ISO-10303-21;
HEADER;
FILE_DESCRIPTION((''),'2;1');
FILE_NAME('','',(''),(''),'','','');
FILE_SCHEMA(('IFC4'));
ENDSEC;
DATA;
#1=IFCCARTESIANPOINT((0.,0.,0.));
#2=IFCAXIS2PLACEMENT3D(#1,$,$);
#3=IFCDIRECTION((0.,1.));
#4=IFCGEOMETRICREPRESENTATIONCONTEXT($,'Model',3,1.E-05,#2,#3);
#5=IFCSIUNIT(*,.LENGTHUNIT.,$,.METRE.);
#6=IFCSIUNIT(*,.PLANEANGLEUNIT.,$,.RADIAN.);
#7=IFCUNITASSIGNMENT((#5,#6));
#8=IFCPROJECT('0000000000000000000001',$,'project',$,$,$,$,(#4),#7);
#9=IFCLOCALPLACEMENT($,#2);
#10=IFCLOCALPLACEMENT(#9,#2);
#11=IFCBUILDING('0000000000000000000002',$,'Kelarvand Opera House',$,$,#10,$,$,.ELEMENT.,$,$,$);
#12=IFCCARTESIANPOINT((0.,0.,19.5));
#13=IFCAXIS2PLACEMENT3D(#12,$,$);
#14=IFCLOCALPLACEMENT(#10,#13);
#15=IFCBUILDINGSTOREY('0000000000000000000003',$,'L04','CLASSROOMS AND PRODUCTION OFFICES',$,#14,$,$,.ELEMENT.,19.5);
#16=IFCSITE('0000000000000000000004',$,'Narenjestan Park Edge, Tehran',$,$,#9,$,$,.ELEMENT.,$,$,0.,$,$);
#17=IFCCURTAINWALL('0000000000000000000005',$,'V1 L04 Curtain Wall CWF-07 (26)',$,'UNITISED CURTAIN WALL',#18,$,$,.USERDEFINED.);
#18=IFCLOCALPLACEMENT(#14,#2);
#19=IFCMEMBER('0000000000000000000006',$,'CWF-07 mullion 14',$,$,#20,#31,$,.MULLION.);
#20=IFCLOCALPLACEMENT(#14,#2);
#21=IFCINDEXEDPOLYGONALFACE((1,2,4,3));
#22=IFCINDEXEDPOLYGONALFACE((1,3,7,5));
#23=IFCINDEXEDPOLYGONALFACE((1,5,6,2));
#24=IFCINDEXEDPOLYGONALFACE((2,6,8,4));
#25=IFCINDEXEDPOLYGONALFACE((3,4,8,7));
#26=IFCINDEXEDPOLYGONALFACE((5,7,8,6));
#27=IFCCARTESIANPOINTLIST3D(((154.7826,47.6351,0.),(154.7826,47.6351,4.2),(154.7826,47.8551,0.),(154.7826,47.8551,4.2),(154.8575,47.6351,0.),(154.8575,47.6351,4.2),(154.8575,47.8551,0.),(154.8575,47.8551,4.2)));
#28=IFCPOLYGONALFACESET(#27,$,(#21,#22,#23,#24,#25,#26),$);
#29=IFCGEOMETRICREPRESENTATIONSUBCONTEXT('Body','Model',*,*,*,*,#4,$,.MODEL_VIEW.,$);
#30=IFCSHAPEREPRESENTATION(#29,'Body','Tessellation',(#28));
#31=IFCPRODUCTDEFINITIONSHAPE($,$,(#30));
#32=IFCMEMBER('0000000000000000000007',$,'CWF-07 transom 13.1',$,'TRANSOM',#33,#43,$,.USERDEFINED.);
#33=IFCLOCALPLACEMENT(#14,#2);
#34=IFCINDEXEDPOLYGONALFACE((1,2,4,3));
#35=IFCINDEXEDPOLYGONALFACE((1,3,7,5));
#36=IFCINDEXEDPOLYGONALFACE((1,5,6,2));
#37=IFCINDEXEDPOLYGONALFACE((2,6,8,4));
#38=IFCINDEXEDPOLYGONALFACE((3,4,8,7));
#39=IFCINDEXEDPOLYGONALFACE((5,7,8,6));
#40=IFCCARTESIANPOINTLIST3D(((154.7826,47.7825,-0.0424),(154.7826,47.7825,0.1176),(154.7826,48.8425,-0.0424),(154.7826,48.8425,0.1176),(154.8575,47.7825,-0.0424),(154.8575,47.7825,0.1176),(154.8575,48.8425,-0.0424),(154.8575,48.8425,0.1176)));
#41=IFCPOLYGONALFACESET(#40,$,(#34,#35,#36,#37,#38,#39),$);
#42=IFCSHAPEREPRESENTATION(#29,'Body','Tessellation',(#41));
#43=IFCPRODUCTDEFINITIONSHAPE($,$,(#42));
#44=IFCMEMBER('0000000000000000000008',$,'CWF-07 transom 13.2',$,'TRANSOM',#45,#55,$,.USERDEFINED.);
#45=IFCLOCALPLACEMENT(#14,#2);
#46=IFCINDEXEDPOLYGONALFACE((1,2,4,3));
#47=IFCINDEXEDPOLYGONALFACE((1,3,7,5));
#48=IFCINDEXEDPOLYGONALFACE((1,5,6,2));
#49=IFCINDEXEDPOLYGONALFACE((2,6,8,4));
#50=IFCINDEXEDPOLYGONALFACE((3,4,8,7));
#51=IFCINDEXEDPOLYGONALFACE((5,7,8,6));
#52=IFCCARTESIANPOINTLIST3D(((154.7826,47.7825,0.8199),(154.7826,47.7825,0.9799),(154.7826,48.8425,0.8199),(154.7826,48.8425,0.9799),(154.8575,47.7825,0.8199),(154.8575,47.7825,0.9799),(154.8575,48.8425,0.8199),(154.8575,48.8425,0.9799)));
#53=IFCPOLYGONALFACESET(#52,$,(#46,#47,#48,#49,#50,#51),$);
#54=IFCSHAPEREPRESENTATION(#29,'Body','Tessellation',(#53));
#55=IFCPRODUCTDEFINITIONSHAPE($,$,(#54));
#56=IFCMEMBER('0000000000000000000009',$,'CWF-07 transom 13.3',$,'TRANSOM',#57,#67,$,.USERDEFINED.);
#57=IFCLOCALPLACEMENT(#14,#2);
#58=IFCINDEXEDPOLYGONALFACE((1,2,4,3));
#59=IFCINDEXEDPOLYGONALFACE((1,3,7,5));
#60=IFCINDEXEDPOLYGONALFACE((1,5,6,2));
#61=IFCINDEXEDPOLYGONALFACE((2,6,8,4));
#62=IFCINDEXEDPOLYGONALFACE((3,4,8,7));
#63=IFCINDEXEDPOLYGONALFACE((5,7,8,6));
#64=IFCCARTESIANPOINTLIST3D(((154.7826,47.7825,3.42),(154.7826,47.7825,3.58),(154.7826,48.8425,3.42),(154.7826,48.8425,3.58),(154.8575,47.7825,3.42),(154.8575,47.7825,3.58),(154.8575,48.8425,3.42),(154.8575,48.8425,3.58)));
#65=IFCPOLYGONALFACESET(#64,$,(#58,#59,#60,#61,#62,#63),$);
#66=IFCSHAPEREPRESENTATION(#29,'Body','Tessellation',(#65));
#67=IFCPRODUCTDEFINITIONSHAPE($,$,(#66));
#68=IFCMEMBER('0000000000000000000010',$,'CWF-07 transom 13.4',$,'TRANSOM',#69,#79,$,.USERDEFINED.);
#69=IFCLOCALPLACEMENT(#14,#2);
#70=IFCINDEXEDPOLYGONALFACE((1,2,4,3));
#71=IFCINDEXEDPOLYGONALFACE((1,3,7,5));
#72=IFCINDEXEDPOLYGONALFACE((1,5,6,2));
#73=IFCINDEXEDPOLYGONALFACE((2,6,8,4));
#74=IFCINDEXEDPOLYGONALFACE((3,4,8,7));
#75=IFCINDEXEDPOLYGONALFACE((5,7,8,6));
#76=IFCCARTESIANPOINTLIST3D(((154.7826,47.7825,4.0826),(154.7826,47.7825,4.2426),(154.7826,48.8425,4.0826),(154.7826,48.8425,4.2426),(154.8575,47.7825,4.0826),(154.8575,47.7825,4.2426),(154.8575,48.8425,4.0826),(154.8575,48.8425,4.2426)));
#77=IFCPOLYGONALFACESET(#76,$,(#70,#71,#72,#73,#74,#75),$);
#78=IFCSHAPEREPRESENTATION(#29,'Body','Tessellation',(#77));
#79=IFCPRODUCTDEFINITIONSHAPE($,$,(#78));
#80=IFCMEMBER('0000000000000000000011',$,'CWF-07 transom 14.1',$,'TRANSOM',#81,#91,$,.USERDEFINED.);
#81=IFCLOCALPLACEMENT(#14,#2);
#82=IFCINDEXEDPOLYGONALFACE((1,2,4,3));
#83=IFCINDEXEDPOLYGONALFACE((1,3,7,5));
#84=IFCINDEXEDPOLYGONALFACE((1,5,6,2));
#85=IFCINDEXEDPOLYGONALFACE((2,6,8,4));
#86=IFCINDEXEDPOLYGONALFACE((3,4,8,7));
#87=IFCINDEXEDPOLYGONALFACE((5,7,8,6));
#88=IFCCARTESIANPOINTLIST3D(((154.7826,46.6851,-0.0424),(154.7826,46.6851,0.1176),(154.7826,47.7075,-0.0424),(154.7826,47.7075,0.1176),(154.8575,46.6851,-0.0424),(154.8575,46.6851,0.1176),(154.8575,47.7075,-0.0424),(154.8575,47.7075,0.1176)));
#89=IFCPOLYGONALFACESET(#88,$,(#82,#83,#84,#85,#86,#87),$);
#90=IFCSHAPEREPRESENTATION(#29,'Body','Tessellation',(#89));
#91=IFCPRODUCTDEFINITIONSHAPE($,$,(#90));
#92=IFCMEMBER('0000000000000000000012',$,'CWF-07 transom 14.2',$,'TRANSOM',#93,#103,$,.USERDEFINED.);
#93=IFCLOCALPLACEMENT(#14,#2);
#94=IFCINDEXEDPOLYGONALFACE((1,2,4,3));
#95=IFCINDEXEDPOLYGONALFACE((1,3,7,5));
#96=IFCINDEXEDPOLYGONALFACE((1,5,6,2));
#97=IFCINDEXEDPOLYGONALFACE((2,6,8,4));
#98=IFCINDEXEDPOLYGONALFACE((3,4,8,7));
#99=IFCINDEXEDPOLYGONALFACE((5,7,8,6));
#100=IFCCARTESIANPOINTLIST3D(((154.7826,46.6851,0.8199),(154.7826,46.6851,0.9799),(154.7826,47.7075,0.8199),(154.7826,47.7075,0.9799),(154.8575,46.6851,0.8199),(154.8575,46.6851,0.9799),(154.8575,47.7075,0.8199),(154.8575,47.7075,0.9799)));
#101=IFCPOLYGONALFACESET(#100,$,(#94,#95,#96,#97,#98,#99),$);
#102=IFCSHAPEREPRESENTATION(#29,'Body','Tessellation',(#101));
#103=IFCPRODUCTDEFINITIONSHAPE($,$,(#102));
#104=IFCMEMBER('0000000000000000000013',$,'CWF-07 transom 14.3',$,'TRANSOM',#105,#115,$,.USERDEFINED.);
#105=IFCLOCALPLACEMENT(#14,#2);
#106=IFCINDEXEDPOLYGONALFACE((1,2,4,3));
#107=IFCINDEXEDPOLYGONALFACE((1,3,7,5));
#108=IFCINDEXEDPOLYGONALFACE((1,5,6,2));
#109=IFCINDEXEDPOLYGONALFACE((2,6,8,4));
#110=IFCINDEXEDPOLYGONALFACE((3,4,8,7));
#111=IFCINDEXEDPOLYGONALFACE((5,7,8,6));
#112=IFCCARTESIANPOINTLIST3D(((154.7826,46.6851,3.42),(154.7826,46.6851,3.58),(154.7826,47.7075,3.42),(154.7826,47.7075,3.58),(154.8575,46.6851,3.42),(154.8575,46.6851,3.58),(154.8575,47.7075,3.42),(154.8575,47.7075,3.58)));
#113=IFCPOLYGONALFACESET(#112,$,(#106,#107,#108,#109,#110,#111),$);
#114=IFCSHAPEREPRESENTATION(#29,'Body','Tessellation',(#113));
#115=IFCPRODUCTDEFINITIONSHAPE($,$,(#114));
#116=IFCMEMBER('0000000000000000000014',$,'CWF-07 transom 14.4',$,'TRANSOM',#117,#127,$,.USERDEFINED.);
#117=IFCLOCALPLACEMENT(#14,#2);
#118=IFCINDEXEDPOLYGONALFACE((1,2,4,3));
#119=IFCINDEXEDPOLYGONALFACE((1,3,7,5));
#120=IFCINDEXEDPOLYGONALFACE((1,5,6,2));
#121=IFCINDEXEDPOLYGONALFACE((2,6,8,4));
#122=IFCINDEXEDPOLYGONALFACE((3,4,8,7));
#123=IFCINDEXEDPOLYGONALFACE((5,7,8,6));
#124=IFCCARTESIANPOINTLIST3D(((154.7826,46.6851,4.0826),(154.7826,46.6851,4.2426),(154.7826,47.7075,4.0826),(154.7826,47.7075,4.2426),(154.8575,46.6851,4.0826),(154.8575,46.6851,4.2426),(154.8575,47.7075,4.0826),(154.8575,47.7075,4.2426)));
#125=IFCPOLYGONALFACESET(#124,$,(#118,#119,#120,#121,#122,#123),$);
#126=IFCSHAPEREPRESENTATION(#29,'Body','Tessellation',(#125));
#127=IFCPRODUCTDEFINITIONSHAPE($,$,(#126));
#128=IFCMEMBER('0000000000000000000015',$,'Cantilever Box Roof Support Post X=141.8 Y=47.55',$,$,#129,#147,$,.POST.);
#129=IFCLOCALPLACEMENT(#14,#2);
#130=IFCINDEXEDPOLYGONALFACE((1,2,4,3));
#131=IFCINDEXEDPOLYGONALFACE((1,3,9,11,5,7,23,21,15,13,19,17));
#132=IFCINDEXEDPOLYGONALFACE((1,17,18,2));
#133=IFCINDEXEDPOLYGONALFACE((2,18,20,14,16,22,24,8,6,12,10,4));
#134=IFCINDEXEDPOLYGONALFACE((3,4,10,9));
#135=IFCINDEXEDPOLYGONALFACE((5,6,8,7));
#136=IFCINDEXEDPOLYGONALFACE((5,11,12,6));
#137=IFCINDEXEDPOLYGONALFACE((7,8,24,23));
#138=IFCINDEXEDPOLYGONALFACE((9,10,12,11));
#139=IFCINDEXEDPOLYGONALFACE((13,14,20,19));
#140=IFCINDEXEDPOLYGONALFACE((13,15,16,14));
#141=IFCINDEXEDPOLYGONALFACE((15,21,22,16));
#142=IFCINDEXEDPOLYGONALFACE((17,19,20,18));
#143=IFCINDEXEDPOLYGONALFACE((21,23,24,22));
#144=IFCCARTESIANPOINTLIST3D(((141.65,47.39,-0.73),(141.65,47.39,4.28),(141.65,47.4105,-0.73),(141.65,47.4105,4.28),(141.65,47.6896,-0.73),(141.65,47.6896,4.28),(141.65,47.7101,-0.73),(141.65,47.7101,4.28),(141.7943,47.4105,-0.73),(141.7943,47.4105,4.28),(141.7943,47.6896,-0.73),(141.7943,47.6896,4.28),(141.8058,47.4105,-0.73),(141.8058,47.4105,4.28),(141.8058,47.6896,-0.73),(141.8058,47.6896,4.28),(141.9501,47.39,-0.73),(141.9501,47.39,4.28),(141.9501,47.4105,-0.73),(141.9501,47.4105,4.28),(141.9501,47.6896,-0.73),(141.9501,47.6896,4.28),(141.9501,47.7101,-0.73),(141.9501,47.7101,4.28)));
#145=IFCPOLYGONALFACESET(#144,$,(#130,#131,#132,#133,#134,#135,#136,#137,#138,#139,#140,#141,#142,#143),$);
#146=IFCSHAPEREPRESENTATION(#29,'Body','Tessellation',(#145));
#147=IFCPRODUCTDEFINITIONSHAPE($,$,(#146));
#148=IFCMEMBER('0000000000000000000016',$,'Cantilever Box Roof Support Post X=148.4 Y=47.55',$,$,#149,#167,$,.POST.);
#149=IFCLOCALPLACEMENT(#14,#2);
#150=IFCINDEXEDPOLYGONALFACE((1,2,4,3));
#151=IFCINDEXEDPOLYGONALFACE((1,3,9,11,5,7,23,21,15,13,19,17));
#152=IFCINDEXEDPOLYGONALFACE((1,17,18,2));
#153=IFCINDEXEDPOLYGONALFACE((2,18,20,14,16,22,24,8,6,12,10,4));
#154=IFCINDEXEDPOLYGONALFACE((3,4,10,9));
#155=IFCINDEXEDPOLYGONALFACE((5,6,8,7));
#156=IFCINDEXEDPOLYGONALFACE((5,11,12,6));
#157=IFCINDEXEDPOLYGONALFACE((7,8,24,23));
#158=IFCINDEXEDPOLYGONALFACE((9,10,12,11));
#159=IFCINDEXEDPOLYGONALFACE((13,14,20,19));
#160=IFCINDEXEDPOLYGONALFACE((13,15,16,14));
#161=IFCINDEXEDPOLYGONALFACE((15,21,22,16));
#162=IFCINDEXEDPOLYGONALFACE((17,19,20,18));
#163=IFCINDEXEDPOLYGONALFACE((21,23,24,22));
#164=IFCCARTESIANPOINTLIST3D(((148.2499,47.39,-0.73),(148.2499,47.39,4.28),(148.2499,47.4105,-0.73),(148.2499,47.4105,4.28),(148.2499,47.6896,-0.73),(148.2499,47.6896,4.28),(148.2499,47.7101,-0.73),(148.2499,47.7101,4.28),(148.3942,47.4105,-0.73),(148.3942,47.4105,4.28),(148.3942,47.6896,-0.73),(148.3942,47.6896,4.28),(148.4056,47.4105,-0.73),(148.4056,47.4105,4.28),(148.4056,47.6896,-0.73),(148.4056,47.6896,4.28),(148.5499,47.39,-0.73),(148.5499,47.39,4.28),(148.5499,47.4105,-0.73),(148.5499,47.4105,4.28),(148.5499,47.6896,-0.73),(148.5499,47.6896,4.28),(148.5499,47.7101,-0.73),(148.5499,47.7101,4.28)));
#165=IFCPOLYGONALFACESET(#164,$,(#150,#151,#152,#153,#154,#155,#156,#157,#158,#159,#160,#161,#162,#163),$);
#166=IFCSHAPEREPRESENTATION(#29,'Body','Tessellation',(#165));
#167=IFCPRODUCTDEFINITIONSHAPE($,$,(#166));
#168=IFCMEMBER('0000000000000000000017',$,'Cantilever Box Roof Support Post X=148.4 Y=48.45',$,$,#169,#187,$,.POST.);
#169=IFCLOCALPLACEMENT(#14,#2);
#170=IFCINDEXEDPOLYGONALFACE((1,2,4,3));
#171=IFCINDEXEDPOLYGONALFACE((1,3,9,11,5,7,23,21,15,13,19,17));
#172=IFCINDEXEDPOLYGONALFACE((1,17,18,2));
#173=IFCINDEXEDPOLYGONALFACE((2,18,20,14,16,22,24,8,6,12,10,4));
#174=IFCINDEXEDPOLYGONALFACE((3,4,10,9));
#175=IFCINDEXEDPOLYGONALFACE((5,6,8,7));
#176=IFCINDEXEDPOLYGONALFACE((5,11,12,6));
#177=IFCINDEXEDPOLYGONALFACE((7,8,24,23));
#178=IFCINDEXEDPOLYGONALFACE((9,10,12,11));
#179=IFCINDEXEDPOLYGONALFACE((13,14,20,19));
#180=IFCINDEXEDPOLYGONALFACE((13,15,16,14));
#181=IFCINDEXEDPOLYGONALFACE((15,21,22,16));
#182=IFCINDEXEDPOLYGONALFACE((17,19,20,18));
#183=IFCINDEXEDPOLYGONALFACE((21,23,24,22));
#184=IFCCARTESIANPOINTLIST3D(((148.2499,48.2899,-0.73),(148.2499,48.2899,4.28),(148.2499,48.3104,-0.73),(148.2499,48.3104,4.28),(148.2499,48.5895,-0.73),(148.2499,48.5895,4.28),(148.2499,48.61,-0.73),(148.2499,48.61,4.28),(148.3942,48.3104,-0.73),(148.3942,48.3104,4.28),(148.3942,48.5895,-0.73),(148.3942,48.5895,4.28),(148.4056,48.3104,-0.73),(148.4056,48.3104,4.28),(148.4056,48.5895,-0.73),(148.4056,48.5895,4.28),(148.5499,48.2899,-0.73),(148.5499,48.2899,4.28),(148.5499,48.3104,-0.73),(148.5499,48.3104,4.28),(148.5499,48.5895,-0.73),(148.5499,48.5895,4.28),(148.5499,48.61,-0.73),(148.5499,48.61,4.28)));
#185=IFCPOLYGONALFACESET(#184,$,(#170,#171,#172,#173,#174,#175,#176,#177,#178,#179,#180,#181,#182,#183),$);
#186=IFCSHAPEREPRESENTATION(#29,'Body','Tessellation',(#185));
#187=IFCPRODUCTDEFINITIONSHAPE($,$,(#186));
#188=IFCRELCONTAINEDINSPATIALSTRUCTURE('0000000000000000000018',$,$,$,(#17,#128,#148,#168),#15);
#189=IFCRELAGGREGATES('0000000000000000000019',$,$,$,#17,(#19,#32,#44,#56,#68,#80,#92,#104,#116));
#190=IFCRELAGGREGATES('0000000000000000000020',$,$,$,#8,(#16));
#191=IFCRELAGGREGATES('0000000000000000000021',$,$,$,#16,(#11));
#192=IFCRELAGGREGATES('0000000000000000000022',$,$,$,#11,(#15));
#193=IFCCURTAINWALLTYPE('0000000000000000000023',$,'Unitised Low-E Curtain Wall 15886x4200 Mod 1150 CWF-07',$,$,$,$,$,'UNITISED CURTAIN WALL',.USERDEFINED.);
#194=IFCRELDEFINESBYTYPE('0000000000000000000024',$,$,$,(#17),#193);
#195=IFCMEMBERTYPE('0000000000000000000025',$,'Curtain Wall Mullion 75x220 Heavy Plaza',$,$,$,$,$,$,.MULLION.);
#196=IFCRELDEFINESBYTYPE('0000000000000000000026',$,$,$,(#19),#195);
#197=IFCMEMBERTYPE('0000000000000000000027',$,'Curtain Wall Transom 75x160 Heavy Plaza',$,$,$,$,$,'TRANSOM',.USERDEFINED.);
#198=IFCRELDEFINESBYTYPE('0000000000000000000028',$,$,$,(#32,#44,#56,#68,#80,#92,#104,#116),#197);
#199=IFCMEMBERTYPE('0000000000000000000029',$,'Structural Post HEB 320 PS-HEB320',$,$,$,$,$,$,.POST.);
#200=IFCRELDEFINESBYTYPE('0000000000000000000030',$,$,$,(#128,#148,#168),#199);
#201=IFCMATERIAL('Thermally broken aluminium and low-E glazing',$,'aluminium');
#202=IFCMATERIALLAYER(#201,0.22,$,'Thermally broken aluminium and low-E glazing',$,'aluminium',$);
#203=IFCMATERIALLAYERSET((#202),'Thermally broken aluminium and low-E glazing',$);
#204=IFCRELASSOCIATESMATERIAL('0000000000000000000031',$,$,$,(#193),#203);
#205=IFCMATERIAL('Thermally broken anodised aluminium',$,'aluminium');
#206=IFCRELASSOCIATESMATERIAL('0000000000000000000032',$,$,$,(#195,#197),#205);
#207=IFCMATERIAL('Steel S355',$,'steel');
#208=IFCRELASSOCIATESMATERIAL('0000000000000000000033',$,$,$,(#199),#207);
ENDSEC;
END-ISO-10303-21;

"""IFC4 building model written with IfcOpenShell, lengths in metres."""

from ifc_helpers import new_model, si_unit, direction, frame, origin, origin_2d, place, context, subcontext, project, spatial, rectangle, i_section, extrude, material, layer, layer_set, material_profile, profile_set, type_object, element, aggregate, save


model = new_model("IFC4")

# Units and contexts
model_context = context("Model", 3, precision=1e-05, world=origin(), true_north=direction((0.0, 1.0)))
body_context = subcontext(model_context, "Body", "Model", "MODEL_VIEW")
ifc_project = project(units=[si_unit("LENGTHUNIT", "METRE"), si_unit("PLANEANGLEUNIT", "RADIAN")], contexts=[model_context])

# Site, building, storey
site_placement = place(None, origin())
site = spatial("IfcSite", under=ifc_project, at=site_placement, Name="Narenjestan Park Edge, Tehran", CompositionType="ELEMENT", RefElevation=0.0)
building_placement = place(site_placement, origin())
building = spatial("IfcBuilding", under=site, at=building_placement, Name="Kelarvand Opera House", CompositionType="ELEMENT")
storey_placement = place(building_placement, frame((0.0, 0.0, 19.5)))
storey = spatial("IfcBuildingStorey", under=building, at=storey_placement, Name="L04", Description="CLASSROOMS AND PRODUCTION OFFICES", CompositionType="ELEMENT", Elevation=19.5)

# Curtain wall, members
ifc_material_1 = material(Name="Thermally broken aluminium and low-E glazing", Category="aluminium")
ifc_layer_1 = layer(ifc_material_1, 0.22, Name="Thermally broken aluminium and low-E glazing", Category="aluminium")
ifc_layer_set_1 = layer_set([ifc_layer_1], Name="Thermally broken aluminium and low-E glazing")
curtain_wall_type = type_object("IfcCurtainWallType", Name="Unitised Low-E Curtain Wall 15886x4200 Mod 1150 CWF-07", ElementType="UNITISED CURTAIN WALL", PredefinedType="USERDEFINED", material=ifc_layer_set_1)
curtain_wall_placement = place(storey_placement, origin())
curtain_wall = element("IfcCurtainWall", 1, at=curtain_wall_placement, inside=storey, type_object=curtain_wall_type, Name="V1 L04 Curtain Wall CWF-07 (26)", ObjectType="UNITISED CURTAIN WALL", PredefinedType="USERDEFINED")
ifc_material_2 = material(Name="Thermally broken anodised aluminium", Category="aluminium")
ifc_material_profile_1 = material_profile(ifc_material_2, rectangle(XDim=0.075, YDim=0.22, at=origin_2d()), Name="ALU MULLION 75x220", Category="aluminium")
ifc_profile_set_1 = profile_set([ifc_material_profile_1], Name="Thermally broken anodised aluminium")
member_type_1 = type_object("IfcMemberType", Name="Curtain Wall Mullion 75x220 Heavy Plaza", PredefinedType="MULLION", material=ifc_profile_set_1)
member_1_placement = place(storey_placement, frame((154.8201, 47.7451, 0.0), z_axis=(0.0, 0.0, 1.0), x_axis=(1.0, 0.0, 0.0)))
member_1 = element("IfcMember", 2, at=member_1_placement, type_object=member_type_1, Name="CWF-07 mullion 14", PredefinedType="MULLION", context=body_context, shape_type="SweptSolid", body=[
    extrude(rectangle(XDim=0.075, YDim=0.22, at=origin_2d()), origin(), (0.0, 0.0, 1.0), 4.2),
])
ifc_material_profile_2 = material_profile(ifc_material_2, rectangle(XDim=0.075, YDim=0.1599, at=origin_2d()), Name="ALU TRANSOM 75x160", Category="aluminium")
ifc_profile_set_2 = profile_set([ifc_material_profile_2], Name="Thermally broken anodised aluminium")
member_type_2 = type_object("IfcMemberType", Name="Curtain Wall Transom 75x160 Heavy Plaza", ElementType="TRANSOM", PredefinedType="USERDEFINED", material=ifc_profile_set_2)
member_2_placement = place(storey_placement, frame((154.8201, 48.8425, 0.0376), z_axis=(0.0, -1.0, 0.0), x_axis=(1.0, 0.0, 0.0)))
member_2 = element("IfcMember", 3, at=member_2_placement, type_object=member_type_2, Name="CWF-07 transom 13.1", ObjectType="TRANSOM", PredefinedType="USERDEFINED", context=body_context, shape_type="SweptSolid", body=[
    extrude(rectangle(XDim=0.075, YDim=0.1599, at=origin_2d()), origin(), (0.0, 0.0, 1.0), 1.0601),
])
member_3_placement = place(storey_placement, frame((154.8201, 48.8425, 0.8999), z_axis=(0.0, -1.0, 0.0), x_axis=(1.0, 0.0, 0.0)))
member_3 = element("IfcMember", 4, at=member_3_placement, type_object=member_type_2, Name="CWF-07 transom 13.2", ObjectType="TRANSOM", PredefinedType="USERDEFINED", context=body_context, shape_type="SweptSolid", body=[
    extrude(rectangle(XDim=0.075, YDim=0.1599, at=origin_2d()), origin(), (0.0, 0.0, 1.0), 1.0601),
])
member_4_placement = place(storey_placement, frame((154.8201, 48.8425, 3.5), z_axis=(0.0, -1.0, 0.0), x_axis=(1.0, 0.0, 0.0)))
member_4 = element("IfcMember", 5, at=member_4_placement, type_object=member_type_2, Name="CWF-07 transom 13.3", ObjectType="TRANSOM", PredefinedType="USERDEFINED", context=body_context, shape_type="SweptSolid", body=[
    extrude(rectangle(XDim=0.075, YDim=0.1599, at=origin_2d()), origin(), (0.0, 0.0, 1.0), 1.0601),
])
member_5_placement = place(storey_placement, frame((154.8201, 48.8425, 4.1626), z_axis=(0.0, -1.0, 0.0), x_axis=(1.0, 0.0, 0.0)))
member_5 = element("IfcMember", 6, at=member_5_placement, type_object=member_type_2, Name="CWF-07 transom 13.4", ObjectType="TRANSOM", PredefinedType="USERDEFINED", context=body_context, shape_type="SweptSolid", body=[
    extrude(rectangle(XDim=0.075, YDim=0.1599, at=origin_2d()), origin(), (0.0, 0.0, 1.0), 1.0601),
])
member_6_placement = place(storey_placement, frame((154.8201, 47.7075, 0.0376), z_axis=(0.0, -1.0, 0.0), x_axis=(1.0, 0.0, 0.0)))
member_6 = element("IfcMember", 7, at=member_6_placement, type_object=member_type_2, Name="CWF-07 transom 14.1", ObjectType="TRANSOM", PredefinedType="USERDEFINED", context=body_context, shape_type="SweptSolid", body=[
    extrude(rectangle(XDim=0.075, YDim=0.1599, at=origin_2d()), origin(), (0.0, 0.0, 1.0), 1.0225),
])
member_7_placement = place(storey_placement, frame((154.8201, 47.7075, 0.8999), z_axis=(0.0, -1.0, 0.0), x_axis=(1.0, 0.0, 0.0)))
member_7 = element("IfcMember", 8, at=member_7_placement, type_object=member_type_2, Name="CWF-07 transom 14.2", ObjectType="TRANSOM", PredefinedType="USERDEFINED", context=body_context, shape_type="SweptSolid", body=[
    extrude(rectangle(XDim=0.075, YDim=0.1599, at=origin_2d()), origin(), (0.0, 0.0, 1.0), 1.0225),
])
member_8_placement = place(storey_placement, frame((154.8201, 47.7075, 3.5), z_axis=(0.0, -1.0, 0.0), x_axis=(1.0, 0.0, 0.0)))
member_8 = element("IfcMember", 9, at=member_8_placement, type_object=member_type_2, Name="CWF-07 transom 14.3", ObjectType="TRANSOM", PredefinedType="USERDEFINED", context=body_context, shape_type="SweptSolid", body=[
    extrude(rectangle(XDim=0.075, YDim=0.1599, at=origin_2d()), origin(), (0.0, 0.0, 1.0), 1.0225),
])
member_9_placement = place(storey_placement, frame((154.8201, 47.7075, 4.1626), z_axis=(0.0, -1.0, 0.0), x_axis=(1.0, 0.0, 0.0)))
member_9 = element("IfcMember", 10, at=member_9_placement, type_object=member_type_2, Name="CWF-07 transom 14.4", ObjectType="TRANSOM", PredefinedType="USERDEFINED", context=body_context, shape_type="SweptSolid", body=[
    extrude(rectangle(XDim=0.075, YDim=0.1599, at=origin_2d()), origin(), (0.0, 0.0, 1.0), 1.0225),
])

# Members
ifc_material_3 = material(Name="Steel S355", Category="steel")
ifc_material_profile_3 = material_profile(ifc_material_3, i_section(OverallWidth=0.3, OverallDepth=0.3201, WebThickness=0.0115, FlangeThickness=0.0205, at=origin_2d()), Name="HEB 320", Category="steel")
ifc_profile_set_3 = profile_set([ifc_material_profile_3], Name="Steel S355")
member_type_3 = type_object("IfcMemberType", Name="Structural Post HEB 320 PS-HEB320", PredefinedType="POST", material=ifc_profile_set_3)
for number, where, z_axis, x_axis, name in (
    (11, (141.8, 47.55, -0.73), (0.0, 0.0, 1.0), (1.0, 0.0, 0.0), "Cantilever Box Roof Support Post X=141.8 Y=47.55"),
    (12, (148.3999, 47.55, -0.73), (0.0, 0.0, 1.0), (1.0, 0.0, 0.0), "Cantilever Box Roof Support Post X=148.4 Y=47.55"),
    (13, (148.3999, 48.45, -0.73), (0.0, 0.0, 1.0), (1.0, 0.0, 0.0), "Cantilever Box Roof Support Post X=148.4 Y=48.45"),
):
    element("IfcMember", number, at=place(storey_placement, frame(where, z_axis=z_axis, x_axis=x_axis)), inside=storey, type_object=member_type_3, Name=name, PredefinedType="POST", context=body_context, shape_type="SweptSolid", body=[
        extrude(i_section(OverallWidth=0.3, OverallDepth=0.3201, WebThickness=0.0115, FlangeThickness=0.0205, at=origin_2d()), origin(), (0.0, 0.0, 1.0), 5.01),
    ])

aggregate(curtain_wall, [member_1, member_2, member_3, member_4, member_5, member_6, member_7, member_8, member_9])

save(model, "model.ifc")
